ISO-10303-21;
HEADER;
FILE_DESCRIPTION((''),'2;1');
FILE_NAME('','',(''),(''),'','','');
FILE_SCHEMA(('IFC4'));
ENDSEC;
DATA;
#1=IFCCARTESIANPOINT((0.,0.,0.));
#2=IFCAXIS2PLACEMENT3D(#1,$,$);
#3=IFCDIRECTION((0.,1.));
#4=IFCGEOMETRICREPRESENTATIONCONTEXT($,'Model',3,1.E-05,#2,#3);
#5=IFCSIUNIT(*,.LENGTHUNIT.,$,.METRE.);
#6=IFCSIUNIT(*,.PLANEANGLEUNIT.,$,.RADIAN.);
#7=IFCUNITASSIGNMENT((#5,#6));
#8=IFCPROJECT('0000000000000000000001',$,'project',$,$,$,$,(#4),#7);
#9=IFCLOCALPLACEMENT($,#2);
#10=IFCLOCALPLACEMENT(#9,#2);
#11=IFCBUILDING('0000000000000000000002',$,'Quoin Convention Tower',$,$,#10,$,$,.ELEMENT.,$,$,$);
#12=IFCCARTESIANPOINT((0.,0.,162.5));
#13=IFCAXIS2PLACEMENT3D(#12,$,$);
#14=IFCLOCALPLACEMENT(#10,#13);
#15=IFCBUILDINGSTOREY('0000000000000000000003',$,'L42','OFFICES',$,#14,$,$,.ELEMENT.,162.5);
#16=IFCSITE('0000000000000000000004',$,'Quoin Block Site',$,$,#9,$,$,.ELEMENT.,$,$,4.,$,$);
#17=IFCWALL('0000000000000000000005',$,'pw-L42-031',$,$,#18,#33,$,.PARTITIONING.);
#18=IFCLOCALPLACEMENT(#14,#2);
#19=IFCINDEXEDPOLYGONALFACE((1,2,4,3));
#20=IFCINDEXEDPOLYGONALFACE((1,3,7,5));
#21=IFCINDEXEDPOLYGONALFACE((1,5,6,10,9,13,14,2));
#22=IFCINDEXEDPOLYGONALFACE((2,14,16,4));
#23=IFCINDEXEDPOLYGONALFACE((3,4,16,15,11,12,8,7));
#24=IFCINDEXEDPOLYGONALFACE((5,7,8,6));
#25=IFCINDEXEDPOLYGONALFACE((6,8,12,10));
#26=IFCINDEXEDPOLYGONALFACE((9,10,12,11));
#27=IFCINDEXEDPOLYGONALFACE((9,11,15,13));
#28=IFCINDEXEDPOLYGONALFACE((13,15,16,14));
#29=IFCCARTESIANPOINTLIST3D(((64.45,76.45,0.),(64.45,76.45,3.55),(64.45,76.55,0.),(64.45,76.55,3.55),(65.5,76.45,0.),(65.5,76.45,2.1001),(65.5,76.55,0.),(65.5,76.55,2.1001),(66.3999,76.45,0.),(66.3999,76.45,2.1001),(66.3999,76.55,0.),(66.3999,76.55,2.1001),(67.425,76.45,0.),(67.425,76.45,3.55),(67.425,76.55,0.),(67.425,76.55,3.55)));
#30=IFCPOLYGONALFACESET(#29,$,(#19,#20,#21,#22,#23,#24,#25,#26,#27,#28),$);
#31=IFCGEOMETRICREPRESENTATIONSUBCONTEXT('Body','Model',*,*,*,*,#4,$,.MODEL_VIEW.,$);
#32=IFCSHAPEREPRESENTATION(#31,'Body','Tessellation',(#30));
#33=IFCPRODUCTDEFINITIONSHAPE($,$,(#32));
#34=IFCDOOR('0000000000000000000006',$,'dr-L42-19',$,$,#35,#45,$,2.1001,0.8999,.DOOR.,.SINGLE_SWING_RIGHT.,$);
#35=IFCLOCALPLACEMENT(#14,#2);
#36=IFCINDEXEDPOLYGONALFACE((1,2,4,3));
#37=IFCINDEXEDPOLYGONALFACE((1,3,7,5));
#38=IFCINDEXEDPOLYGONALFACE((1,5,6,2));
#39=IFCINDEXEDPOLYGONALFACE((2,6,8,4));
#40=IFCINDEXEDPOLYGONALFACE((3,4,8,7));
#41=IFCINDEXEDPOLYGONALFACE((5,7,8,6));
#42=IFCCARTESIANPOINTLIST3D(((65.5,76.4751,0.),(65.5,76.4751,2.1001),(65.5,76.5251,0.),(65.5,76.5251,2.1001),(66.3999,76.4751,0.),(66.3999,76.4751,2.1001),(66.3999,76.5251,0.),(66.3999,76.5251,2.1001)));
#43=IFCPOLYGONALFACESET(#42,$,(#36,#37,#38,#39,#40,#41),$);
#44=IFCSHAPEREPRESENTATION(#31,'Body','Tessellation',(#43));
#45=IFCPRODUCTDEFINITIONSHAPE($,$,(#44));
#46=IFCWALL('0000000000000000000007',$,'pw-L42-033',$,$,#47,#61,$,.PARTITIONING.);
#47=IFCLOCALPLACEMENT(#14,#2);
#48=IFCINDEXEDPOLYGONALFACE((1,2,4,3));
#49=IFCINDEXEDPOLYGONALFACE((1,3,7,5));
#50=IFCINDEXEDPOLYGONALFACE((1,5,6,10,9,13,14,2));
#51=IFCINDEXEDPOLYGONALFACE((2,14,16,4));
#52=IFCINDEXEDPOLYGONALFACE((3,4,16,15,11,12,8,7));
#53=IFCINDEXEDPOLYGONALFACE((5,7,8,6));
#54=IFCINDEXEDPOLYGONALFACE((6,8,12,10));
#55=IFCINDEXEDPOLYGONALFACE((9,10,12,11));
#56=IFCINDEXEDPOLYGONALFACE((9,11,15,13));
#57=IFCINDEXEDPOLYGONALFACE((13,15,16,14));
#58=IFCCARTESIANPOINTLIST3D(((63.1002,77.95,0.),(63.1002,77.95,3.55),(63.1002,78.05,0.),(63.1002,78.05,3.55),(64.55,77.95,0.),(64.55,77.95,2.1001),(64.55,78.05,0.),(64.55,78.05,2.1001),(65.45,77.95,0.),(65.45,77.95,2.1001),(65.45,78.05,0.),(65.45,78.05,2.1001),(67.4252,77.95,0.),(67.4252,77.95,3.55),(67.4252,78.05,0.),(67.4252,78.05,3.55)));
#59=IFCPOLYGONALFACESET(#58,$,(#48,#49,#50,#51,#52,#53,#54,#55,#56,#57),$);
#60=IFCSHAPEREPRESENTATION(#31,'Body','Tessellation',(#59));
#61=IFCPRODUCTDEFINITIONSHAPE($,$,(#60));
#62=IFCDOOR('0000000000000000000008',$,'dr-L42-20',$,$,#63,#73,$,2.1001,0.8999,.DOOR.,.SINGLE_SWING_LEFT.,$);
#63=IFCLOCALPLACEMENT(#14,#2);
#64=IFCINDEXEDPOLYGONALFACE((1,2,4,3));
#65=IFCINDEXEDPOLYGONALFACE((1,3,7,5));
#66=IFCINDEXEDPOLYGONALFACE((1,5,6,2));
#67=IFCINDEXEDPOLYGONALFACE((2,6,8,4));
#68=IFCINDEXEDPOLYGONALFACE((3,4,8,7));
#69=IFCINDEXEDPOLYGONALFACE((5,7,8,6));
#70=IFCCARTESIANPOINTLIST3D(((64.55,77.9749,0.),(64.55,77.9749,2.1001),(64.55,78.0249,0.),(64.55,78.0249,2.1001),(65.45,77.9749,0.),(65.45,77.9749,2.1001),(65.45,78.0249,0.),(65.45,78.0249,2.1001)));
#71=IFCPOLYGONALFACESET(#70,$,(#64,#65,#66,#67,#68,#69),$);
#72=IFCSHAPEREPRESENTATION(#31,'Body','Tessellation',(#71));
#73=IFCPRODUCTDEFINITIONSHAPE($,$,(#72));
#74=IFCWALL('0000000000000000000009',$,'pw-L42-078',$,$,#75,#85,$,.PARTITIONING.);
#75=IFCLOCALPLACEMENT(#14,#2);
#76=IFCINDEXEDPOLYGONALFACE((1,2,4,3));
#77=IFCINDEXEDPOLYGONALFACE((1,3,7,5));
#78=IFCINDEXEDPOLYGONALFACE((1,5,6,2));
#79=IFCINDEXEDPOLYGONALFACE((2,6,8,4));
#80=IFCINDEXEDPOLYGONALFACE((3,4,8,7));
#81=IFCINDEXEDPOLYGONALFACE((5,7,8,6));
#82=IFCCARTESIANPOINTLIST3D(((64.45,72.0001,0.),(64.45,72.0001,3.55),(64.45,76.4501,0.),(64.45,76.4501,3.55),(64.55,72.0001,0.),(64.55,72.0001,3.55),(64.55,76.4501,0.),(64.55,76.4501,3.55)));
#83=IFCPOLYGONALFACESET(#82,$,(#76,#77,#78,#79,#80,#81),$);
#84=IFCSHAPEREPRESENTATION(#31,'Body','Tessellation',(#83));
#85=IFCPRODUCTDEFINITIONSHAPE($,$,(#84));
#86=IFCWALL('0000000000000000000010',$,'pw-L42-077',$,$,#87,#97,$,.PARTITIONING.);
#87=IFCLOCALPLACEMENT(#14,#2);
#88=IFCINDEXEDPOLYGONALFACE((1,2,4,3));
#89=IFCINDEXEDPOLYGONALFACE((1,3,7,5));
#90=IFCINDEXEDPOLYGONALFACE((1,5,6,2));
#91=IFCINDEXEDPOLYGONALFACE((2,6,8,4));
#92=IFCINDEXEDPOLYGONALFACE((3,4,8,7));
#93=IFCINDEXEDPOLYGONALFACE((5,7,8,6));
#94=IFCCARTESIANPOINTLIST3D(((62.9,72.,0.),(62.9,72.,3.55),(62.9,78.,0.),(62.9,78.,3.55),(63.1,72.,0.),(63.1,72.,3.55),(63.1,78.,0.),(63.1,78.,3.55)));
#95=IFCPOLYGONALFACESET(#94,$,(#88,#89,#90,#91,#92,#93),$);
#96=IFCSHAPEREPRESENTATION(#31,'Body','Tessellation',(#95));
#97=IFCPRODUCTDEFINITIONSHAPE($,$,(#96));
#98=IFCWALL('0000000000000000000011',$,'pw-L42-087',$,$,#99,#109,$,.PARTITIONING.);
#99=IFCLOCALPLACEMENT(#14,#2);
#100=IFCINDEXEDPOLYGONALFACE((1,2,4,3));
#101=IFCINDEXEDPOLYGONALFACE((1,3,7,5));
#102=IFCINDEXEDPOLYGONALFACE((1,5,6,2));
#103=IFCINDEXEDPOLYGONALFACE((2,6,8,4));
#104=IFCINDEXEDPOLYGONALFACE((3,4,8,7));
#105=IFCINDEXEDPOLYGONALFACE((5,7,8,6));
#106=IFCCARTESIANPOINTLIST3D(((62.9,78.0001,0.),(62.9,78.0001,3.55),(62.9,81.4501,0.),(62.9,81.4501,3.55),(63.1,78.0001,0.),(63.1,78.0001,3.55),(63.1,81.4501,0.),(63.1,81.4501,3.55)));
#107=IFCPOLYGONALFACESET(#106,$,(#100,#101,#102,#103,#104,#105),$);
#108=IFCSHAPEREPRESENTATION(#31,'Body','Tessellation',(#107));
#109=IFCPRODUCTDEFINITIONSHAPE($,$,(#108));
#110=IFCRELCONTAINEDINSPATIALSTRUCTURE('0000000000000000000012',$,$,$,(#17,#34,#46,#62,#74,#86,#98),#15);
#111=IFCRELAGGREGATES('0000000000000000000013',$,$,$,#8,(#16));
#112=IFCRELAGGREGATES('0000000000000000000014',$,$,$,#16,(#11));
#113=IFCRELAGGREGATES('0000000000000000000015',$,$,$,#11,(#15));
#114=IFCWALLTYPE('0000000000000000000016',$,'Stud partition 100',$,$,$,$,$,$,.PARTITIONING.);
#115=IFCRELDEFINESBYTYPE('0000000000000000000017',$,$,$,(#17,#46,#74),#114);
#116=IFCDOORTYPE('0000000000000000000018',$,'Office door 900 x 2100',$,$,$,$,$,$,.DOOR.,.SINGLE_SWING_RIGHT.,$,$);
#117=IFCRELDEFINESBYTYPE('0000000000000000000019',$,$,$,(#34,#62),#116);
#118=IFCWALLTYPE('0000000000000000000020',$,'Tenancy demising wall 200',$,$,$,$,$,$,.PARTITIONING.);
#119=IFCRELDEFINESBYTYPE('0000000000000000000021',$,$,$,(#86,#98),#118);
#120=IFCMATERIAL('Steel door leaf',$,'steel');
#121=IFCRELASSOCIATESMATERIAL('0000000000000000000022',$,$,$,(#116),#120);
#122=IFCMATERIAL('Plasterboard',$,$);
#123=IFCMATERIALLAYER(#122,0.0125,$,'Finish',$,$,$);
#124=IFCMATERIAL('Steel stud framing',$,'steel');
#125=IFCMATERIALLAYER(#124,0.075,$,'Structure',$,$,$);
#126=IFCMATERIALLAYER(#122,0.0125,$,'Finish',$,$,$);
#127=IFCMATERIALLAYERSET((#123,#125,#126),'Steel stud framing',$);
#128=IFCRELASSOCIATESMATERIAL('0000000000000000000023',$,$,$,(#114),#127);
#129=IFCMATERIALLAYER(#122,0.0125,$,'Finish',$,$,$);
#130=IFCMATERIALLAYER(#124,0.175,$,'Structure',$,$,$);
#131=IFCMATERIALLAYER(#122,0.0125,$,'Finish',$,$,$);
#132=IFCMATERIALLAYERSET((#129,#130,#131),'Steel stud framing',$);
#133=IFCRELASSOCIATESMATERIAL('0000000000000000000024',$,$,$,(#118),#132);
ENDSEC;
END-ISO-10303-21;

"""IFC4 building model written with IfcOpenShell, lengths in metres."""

from ifc_helpers import new_model, si_unit, direction, frame, frame_2d, origin, place, context, subcontext, project, spatial, rectangle, extrude, material, layer, layer_set, type_object, element, fill, save


model = new_model("IFC4")

# Units and contexts
model_context = context("Model", 3, precision=1e-05, world=origin(), true_north=direction((0.0, 1.0)))
body_context = subcontext(model_context, "Body", "Model", "MODEL_VIEW")
ifc_project = project(units=[si_unit("LENGTHUNIT", "METRE"), si_unit("PLANEANGLEUNIT", "RADIAN")], contexts=[model_context])

# Site, building, storey
site_placement = place(None, origin())
site = spatial("IfcSite", under=ifc_project, at=site_placement, Name="Quoin Block Site", CompositionType="ELEMENT", RefElevation=4.0)
building_placement = place(site_placement, origin())
building = spatial("IfcBuilding", under=site, at=building_placement, Name="Quoin Convention Tower", CompositionType="ELEMENT")
storey_placement = place(building_placement, frame((0.0, 0.0, 162.5)))
storey = spatial("IfcBuildingStorey", under=building, at=storey_placement, Name="L42", Description="OFFICES", CompositionType="ELEMENT", Elevation=162.5)

# Shared definitions
ifc_material_1 = material(Name="Plasterboard")
ifc_material_2 = material(Name="Steel stud framing", Category="steel")
ifc_material_3 = material(Name="Steel door leaf", Category="steel")
door_type = type_object("IfcDoorType", Name="Office door 900 x 2100", OperationType="SINGLE_SWING_RIGHT", PredefinedType="DOOR", material=ifc_material_3)

# Walls, openings, doors
ifc_layer_1 = layer(ifc_material_1, 0.0125, Name="Finish")
ifc_layer_2 = layer(ifc_material_2, 0.075, Name="Structure")
ifc_layer_3 = layer(ifc_material_1, 0.0125, Name="Finish")
ifc_layer_set_1 = layer_set([ifc_layer_1, ifc_layer_2, ifc_layer_3], Name="Steel stud framing")
wall_type_1 = type_object("IfcWallType", Name="Stud partition 100", PredefinedType="PARTITIONING", material=ifc_layer_set_1)
wall_1_placement = place(storey_placement, frame((64.45, 76.5, 0.0), z_axis=(0.0, 0.0, 1.0), x_axis=(1.0, 0.0, 0.0)))
wall_1 = element("IfcWall", 1, at=wall_1_placement, inside=storey, type_object=wall_type_1, Name="pw-L42-031", PredefinedType="PARTITIONING", context=body_context, shape_type="SweptSolid", body=[
    extrude(rectangle(XDim=2.9751, YDim=0.1001, at=frame_2d((1.4875, 0.0))), origin(), (0.0, 0.0, 1.0), 3.55),
])
opening_1_placement = place(wall_1_placement, frame((1.05, 0.0, 0.0)))
opening_1 = element("IfcOpeningElement", 2, at=opening_1_placement, cuts=wall_1, PredefinedType="OPENING", context=body_context, shape_type="SweptSolid", body=[
    extrude(rectangle(XDim=0.8999, YDim=2.1001, at=frame_2d((0.45, 1.05))), frame((0.0, 0.0601, 0.0), z_axis=(0.0, -1.0, 0.0), x_axis=(1.0, 0.0, 0.0)), (0.0, 0.0, 1.0), 0.1201),
])
door_1_placement = place(opening_1_placement, frame((0.8999, 0.0, 0.0), z_axis=(0.0, 0.0, 1.0), x_axis=(-1.0, 0.0, 0.0)))
door_1 = element("IfcDoor", 3, at=door_1_placement, inside=storey, type_object=door_type, Name="dr-L42-19", OperationType="SINGLE_SWING_RIGHT", OverallHeight=2.1001, OverallWidth=0.8999, PredefinedType="DOOR", context=body_context, shape_type="SweptSolid", body=[
    extrude(rectangle(XDim=0.8999, YDim=2.1001, at=frame_2d((0.45, 1.05))), frame((0.0, 0.0249, 0.0), z_axis=(0.0, -1.0, 0.0), x_axis=(1.0, 0.0, 0.0)), (0.0, 0.0, 1.0), 0.05),
])
fill(opening_1, door_1)
wall_2_placement = place(storey_placement, frame((63.1001, 78.0, 0.0), z_axis=(0.0, 0.0, 1.0), x_axis=(1.0, 0.0, 0.0)))
wall_2 = element("IfcWall", 4, at=wall_2_placement, inside=storey, type_object=wall_type_1, Name="pw-L42-033", PredefinedType="PARTITIONING", context=body_context, shape_type="SweptSolid", body=[
    extrude(rectangle(XDim=4.325, YDim=0.1001, at=frame_2d((2.1626, 0.0))), origin(), (0.0, 0.0, 1.0), 3.55),
])
opening_2_placement = place(wall_2_placement, frame((1.45, 0.0, 0.0)))
opening_2 = element("IfcOpeningElement", 5, at=opening_2_placement, cuts=wall_2, PredefinedType="OPENING", context=body_context, shape_type="SweptSolid", body=[
    extrude(rectangle(XDim=0.8999, YDim=2.1001, at=frame_2d((0.45, 1.05))), frame((0.0, 0.0601, 0.0), z_axis=(0.0, -1.0, 0.0), x_axis=(1.0, 0.0, 0.0)), (0.0, 0.0, 1.0), 0.1201),
])
door_2_placement = place(opening_2_placement, origin())
door_2 = element("IfcDoor", 6, at=door_2_placement, inside=storey, type_object=door_type, Name="dr-L42-20", OperationType="SINGLE_SWING_LEFT", OverallHeight=2.1001, OverallWidth=0.8999, PredefinedType="DOOR", context=body_context, shape_type="SweptSolid", body=[
    extrude(rectangle(XDim=0.8999, YDim=2.1001, at=frame_2d((0.45, 1.05))), frame((0.0, 0.0249, 0.0), z_axis=(0.0, -1.0, 0.0), x_axis=(1.0, 0.0, 0.0)), (0.0, 0.0, 1.0), 0.05),
])
fill(opening_2, door_2)

# Walls
wall_3_placement = place(storey_placement, frame((64.5, 72.0, 0.0), z_axis=(0.0, 0.0, 1.0), x_axis=(0.0, 1.0, 0.0)))
element("IfcWall", 7, at=wall_3_placement, inside=storey, type_object=wall_type_1, Name="pw-L42-078", PredefinedType="PARTITIONING", context=body_context, shape_type="SweptSolid", body=[
    extrude(rectangle(XDim=4.45, YDim=0.1001, at=frame_2d((2.2251, 0.0))), origin(), (0.0, 0.0, 1.0), 3.55),
])
ifc_layer_4 = layer(ifc_material_1, 0.0125, Name="Finish")
ifc_layer_5 = layer(ifc_material_2, 0.175, Name="Structure")
ifc_layer_6 = layer(ifc_material_1, 0.0125, Name="Finish")
ifc_layer_set_2 = layer_set([ifc_layer_4, ifc_layer_5, ifc_layer_6], Name="Steel stud framing")
wall_type_2 = type_object("IfcWallType", Name="Tenancy demising wall 200", PredefinedType="PARTITIONING", material=ifc_layer_set_2)
wall_4_placement = place(storey_placement, frame((63.0, 72.0, 0.0), z_axis=(0.0, 0.0, 1.0), x_axis=(0.0, 1.0, 0.0)))
element("IfcWall", 8, at=wall_4_placement, inside=storey, type_object=wall_type_2, Name="pw-L42-077", PredefinedType="PARTITIONING", context=body_context, shape_type="SweptSolid", body=[
    extrude(rectangle(XDim=6.0, YDim=0.2, at=frame_2d((3.0, 0.0))), origin(), (0.0, 0.0, 1.0), 3.55),
])
wall_5_placement = place(storey_placement, frame((63.0, 78.0, 0.0), z_axis=(0.0, 0.0, 1.0), x_axis=(0.0, 1.0, 0.0)))
element("IfcWall", 9, at=wall_5_placement, inside=storey, type_object=wall_type_2, Name="pw-L42-087", PredefinedType="PARTITIONING", context=body_context, shape_type="SweptSolid", body=[
    extrude(rectangle(XDim=3.45, YDim=0.2, at=frame_2d((1.7251, 0.0))), origin(), (0.0, 0.0, 1.0), 3.55),
])

save(model, "model.ifc")
